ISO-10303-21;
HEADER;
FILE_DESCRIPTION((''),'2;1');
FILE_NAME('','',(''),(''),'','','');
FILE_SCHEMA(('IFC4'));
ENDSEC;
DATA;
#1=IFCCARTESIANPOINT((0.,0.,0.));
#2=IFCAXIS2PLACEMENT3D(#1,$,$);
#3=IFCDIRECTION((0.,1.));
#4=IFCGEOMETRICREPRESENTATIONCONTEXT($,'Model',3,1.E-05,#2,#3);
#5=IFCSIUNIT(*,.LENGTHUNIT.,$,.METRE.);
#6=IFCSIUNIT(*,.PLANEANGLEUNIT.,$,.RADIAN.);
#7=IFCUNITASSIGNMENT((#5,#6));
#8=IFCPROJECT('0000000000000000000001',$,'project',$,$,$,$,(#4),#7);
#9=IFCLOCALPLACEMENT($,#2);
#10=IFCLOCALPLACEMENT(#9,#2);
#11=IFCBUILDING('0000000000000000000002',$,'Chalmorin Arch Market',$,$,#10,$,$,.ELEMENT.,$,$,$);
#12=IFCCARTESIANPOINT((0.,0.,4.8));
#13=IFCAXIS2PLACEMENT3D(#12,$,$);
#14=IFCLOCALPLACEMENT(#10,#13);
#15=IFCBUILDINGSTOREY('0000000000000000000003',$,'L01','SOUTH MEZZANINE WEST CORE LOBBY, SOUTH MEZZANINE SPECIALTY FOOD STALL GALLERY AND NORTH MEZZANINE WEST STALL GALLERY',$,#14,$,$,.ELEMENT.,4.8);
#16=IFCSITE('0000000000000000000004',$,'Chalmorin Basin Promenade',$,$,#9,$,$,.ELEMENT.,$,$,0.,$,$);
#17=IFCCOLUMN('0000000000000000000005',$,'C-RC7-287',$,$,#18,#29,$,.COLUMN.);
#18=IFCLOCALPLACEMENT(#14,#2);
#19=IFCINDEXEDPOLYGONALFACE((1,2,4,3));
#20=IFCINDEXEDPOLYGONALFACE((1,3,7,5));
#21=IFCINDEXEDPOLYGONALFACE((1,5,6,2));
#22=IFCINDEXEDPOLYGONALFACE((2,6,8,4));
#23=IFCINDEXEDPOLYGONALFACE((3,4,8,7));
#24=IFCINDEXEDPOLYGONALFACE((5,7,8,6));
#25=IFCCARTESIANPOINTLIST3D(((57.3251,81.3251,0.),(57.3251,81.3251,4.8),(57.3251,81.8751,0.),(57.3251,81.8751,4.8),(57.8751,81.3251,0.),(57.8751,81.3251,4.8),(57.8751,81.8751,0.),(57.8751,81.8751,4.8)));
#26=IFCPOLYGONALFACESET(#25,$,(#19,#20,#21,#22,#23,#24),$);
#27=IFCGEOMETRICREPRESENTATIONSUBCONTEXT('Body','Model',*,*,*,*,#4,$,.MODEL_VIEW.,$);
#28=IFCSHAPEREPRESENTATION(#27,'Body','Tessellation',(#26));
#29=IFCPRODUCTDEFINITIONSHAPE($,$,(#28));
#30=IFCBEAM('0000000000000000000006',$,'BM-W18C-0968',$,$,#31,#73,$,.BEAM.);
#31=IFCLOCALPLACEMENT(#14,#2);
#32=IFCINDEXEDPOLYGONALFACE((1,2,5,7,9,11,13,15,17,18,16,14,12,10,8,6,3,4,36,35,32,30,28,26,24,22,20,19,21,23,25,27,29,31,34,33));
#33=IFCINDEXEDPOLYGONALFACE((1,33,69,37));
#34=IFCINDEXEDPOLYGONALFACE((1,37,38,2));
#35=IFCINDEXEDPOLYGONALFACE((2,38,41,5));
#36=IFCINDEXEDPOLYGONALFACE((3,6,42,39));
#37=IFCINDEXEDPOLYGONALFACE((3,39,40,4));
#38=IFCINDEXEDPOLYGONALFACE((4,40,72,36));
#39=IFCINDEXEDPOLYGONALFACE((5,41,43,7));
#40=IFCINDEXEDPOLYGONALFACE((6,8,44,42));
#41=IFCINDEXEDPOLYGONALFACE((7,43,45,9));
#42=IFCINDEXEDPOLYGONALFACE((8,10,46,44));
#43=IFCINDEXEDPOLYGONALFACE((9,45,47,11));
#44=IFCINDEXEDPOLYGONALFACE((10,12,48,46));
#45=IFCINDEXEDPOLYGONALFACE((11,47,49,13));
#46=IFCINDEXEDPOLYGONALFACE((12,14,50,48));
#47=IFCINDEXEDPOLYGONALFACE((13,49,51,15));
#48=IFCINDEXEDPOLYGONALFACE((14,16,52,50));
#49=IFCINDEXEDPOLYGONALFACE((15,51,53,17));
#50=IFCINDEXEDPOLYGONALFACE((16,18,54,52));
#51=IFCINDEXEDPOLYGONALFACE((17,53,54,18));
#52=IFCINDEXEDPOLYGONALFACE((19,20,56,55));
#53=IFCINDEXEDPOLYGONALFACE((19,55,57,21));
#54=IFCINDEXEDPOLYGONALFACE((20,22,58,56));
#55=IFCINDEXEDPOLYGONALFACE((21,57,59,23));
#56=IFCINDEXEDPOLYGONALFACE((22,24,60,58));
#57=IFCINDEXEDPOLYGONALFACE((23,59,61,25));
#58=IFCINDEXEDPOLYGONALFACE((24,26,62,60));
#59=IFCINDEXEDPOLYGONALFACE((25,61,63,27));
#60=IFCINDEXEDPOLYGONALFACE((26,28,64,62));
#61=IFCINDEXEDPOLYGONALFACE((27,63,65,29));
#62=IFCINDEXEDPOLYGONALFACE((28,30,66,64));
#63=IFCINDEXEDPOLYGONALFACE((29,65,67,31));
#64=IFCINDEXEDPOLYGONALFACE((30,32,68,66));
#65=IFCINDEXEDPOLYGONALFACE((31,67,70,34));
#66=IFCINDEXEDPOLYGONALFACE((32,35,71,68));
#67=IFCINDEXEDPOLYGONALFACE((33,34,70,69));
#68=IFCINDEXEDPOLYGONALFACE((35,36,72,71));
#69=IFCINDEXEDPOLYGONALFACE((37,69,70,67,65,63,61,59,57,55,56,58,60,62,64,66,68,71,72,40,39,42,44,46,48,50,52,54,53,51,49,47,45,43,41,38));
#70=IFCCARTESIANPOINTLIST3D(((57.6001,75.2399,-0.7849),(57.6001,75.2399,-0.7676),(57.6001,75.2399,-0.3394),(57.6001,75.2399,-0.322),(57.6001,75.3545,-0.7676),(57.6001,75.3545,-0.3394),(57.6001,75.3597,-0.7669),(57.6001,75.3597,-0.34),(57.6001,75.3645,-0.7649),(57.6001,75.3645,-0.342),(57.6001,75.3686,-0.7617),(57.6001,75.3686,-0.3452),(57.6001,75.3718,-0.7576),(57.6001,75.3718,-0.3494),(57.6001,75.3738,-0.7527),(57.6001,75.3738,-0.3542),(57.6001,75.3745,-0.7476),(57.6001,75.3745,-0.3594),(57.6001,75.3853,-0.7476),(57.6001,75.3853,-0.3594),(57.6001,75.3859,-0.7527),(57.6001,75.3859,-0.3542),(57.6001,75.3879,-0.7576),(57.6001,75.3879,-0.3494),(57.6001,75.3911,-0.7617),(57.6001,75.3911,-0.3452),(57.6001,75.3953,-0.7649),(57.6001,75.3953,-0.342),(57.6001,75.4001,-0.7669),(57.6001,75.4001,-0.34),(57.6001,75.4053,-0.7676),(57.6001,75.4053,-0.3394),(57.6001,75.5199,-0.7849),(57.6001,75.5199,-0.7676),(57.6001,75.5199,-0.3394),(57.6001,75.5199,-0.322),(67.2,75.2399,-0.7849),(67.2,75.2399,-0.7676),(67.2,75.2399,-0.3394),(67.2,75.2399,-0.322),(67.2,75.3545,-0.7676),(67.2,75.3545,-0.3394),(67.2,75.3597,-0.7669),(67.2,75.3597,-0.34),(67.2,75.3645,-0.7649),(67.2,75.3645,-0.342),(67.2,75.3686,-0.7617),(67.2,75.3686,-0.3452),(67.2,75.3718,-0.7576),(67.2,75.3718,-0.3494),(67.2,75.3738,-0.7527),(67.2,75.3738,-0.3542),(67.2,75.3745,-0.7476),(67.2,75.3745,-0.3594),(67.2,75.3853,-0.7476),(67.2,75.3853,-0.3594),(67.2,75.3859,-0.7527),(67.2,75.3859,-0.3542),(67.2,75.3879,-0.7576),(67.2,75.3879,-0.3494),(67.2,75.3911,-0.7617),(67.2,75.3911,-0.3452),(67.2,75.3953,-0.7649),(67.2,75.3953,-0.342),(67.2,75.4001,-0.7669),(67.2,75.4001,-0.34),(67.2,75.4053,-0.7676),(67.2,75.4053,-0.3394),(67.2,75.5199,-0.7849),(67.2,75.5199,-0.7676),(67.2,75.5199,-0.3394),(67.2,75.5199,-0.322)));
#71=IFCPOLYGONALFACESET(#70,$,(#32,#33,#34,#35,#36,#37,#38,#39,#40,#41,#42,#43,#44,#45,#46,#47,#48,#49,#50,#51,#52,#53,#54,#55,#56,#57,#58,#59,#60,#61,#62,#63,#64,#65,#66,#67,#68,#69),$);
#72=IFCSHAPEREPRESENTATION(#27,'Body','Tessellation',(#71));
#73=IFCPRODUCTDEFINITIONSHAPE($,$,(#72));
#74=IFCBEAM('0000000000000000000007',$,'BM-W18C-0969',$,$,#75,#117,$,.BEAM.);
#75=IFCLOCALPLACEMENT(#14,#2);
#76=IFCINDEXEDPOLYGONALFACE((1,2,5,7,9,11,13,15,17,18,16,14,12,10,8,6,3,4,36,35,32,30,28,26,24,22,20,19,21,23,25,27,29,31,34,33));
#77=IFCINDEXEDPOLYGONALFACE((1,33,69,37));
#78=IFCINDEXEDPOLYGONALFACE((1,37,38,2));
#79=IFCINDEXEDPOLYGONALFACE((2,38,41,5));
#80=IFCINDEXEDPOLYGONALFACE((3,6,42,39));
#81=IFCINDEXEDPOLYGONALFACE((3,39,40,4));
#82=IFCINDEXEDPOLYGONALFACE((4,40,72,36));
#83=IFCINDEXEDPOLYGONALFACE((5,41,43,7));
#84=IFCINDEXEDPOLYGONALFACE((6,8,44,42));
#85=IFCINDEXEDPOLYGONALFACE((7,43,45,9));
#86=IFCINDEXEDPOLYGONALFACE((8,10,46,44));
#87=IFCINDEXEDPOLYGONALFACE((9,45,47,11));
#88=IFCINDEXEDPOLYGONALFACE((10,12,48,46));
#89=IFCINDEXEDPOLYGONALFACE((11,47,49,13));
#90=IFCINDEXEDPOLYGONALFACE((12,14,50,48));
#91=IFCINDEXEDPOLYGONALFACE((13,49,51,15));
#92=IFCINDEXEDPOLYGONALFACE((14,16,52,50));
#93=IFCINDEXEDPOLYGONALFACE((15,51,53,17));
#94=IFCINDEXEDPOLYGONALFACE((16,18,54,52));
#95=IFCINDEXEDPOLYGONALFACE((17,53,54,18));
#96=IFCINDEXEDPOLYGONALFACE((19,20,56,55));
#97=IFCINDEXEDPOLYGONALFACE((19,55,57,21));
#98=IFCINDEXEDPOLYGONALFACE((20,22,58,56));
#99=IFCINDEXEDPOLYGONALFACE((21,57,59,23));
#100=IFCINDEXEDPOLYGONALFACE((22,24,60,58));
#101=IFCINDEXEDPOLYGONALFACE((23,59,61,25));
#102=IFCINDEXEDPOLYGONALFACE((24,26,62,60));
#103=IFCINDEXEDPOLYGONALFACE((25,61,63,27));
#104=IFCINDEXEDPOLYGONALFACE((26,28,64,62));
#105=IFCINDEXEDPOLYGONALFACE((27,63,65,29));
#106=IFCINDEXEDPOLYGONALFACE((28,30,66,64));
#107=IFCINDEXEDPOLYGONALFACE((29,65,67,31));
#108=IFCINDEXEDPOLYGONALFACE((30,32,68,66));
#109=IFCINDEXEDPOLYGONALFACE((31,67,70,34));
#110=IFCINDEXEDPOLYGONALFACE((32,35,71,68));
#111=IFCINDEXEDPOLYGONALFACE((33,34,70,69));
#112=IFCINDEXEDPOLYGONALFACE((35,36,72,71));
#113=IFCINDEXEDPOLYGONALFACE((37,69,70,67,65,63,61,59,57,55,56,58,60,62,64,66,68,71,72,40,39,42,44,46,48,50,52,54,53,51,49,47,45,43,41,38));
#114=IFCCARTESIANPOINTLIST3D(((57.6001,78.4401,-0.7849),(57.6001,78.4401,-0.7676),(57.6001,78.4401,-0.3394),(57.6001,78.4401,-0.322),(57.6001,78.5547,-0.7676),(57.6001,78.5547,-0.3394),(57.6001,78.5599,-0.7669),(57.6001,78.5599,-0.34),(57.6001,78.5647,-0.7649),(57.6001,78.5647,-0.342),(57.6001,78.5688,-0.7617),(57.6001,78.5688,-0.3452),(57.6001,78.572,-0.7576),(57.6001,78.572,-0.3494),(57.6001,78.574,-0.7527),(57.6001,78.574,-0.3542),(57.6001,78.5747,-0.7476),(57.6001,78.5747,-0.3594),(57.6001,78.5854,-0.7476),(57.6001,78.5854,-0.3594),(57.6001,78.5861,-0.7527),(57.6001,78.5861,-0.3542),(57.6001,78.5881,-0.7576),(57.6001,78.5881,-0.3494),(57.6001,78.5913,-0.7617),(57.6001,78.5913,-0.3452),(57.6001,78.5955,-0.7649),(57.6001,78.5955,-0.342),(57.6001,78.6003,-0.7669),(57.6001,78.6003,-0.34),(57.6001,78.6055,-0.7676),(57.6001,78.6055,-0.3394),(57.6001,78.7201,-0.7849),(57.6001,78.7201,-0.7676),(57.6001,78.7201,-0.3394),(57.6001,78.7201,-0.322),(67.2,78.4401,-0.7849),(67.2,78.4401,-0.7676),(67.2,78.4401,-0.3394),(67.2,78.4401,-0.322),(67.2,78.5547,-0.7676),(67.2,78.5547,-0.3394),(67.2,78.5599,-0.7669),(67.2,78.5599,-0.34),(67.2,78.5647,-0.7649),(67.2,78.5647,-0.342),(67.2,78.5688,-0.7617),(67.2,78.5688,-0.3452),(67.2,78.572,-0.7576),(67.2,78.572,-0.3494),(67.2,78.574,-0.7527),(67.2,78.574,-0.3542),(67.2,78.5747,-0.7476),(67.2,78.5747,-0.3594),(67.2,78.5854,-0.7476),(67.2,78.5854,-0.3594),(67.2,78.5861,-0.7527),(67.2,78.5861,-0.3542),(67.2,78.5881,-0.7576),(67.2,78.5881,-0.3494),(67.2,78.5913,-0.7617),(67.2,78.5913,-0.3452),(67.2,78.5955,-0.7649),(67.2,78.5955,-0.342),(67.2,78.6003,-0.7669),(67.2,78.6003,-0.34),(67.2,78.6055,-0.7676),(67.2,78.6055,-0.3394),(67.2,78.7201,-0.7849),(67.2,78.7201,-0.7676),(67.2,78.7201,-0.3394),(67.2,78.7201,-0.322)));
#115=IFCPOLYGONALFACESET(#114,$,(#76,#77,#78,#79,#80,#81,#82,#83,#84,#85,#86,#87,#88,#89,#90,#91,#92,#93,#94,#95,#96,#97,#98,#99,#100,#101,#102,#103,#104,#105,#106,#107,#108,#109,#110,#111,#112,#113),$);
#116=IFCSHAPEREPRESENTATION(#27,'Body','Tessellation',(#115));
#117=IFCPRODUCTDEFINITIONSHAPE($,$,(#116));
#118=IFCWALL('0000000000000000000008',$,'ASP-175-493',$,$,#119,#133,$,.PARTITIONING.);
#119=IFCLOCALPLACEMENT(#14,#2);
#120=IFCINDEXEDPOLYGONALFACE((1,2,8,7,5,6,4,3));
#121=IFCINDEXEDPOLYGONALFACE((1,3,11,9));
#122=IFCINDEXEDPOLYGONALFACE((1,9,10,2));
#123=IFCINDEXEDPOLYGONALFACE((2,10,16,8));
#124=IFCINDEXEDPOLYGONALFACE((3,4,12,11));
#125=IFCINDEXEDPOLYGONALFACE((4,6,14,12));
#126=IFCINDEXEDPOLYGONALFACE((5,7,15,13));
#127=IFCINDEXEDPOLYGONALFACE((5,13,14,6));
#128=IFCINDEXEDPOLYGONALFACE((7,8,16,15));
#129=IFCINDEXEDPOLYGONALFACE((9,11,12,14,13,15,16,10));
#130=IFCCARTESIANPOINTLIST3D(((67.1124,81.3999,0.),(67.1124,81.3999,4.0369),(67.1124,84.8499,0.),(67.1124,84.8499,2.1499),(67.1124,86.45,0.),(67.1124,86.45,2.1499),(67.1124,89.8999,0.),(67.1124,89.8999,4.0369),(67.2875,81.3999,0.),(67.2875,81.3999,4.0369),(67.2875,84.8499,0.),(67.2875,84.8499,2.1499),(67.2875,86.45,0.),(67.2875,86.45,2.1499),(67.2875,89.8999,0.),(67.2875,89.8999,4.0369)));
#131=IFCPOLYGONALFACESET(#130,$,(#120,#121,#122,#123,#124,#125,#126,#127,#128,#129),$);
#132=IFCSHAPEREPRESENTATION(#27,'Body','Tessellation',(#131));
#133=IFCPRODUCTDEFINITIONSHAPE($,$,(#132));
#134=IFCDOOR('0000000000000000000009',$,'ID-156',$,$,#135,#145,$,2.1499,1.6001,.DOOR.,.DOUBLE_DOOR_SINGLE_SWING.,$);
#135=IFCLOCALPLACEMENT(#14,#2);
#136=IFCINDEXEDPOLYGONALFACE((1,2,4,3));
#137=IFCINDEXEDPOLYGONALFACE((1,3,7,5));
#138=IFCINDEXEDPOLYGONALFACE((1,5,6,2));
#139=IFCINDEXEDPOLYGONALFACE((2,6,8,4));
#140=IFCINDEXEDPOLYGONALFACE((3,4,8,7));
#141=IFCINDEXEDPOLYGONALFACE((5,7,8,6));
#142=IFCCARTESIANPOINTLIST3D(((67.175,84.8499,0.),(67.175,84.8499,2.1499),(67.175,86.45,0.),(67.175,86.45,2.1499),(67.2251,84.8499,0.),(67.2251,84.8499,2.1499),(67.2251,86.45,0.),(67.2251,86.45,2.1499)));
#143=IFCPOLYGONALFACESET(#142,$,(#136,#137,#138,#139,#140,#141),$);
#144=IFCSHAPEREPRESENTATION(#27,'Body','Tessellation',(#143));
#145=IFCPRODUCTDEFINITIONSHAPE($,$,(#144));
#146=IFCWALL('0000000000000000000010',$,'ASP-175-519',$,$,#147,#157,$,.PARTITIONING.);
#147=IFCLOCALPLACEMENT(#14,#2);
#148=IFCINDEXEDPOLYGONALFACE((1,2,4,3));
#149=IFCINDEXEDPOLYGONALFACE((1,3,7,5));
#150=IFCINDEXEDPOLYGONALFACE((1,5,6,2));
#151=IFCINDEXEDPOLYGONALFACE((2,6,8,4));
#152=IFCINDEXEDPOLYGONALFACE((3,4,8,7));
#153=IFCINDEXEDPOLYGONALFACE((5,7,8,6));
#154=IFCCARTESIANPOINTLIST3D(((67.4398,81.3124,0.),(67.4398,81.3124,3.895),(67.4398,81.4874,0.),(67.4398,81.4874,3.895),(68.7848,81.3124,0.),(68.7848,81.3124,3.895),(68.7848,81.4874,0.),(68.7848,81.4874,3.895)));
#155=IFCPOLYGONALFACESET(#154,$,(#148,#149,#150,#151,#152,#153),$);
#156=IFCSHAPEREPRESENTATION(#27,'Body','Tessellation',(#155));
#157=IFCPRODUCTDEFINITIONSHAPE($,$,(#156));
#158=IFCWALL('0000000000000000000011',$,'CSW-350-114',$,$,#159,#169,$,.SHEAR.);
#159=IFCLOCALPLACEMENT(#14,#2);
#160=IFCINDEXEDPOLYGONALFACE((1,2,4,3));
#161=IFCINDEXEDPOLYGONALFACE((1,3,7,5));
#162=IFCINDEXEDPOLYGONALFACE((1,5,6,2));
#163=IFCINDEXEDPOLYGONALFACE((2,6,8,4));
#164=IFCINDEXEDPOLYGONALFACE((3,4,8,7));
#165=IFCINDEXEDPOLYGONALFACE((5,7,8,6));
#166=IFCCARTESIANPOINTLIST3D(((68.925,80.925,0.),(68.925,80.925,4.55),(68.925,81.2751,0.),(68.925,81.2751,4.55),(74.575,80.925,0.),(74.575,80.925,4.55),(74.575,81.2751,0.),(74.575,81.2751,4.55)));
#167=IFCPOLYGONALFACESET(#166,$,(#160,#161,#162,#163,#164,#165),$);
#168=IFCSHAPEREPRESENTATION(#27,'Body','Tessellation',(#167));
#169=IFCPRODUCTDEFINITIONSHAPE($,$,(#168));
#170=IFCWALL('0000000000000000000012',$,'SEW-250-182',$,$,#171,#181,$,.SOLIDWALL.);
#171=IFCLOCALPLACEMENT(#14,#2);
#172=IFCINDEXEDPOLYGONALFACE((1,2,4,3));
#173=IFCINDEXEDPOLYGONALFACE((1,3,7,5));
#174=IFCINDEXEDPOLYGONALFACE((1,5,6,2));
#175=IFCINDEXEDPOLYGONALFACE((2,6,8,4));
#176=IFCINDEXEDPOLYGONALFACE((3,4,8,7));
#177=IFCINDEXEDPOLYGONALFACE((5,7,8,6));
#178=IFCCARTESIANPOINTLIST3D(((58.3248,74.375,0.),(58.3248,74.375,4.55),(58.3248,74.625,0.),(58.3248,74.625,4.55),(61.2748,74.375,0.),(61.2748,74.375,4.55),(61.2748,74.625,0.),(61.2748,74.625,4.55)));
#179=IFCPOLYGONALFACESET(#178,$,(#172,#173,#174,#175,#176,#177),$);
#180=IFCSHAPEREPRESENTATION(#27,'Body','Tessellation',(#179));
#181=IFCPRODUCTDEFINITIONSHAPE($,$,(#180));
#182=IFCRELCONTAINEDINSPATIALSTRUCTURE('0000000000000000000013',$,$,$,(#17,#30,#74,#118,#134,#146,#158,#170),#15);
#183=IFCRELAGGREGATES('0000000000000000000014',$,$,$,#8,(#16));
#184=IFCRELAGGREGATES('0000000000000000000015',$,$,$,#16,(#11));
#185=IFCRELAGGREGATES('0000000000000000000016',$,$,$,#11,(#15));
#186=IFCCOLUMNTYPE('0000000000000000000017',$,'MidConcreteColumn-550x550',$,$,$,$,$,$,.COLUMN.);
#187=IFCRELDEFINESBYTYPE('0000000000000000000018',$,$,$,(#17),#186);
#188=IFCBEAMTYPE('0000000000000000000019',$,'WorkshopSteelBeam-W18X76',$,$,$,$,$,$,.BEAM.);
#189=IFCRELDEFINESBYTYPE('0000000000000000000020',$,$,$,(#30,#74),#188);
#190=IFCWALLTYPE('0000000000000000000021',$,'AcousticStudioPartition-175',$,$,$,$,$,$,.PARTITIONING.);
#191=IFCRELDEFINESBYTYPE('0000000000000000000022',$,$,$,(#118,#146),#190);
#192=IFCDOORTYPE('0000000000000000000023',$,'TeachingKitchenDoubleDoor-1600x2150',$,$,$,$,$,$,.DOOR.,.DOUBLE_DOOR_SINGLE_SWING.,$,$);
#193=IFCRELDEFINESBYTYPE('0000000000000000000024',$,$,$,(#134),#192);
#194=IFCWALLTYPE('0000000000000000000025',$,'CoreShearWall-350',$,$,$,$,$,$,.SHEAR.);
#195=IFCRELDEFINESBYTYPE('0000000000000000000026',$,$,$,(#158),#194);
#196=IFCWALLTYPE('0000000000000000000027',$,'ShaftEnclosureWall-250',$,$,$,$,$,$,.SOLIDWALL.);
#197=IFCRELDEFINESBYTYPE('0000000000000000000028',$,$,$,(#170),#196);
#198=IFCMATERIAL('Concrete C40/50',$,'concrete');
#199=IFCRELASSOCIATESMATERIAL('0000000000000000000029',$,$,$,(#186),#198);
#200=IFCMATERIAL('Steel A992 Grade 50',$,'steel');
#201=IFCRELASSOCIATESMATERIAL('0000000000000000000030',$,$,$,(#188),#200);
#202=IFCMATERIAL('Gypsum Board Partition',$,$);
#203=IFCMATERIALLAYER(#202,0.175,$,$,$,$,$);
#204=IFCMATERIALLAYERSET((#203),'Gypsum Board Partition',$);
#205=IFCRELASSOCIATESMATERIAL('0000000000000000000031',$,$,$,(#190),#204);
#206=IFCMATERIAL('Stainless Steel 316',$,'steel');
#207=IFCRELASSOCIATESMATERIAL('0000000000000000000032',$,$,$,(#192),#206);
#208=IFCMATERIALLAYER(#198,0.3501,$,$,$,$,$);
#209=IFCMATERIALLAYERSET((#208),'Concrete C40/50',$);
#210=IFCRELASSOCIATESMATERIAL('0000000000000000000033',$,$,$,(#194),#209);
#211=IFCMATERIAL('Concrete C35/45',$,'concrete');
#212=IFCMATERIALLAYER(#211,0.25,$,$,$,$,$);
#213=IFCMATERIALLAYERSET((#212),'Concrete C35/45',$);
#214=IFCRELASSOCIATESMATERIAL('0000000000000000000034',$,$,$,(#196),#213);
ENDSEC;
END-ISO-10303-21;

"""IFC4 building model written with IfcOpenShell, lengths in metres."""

from ifc_helpers import new_model, si_unit, direction, frame, frame_2d, origin, origin_2d, place, context, subcontext, project, spatial, rectangle, i_section, extrude, material, layer, layer_set, material_profile, profile_set, type_object, element, fill, save


model = new_model("IFC4")

# Units and contexts
model_context = context("Model", 3, precision=1e-05, world=origin(), true_north=direction((0.0, 1.0)))
body_context = subcontext(model_context, "Body", "Model", "MODEL_VIEW")
ifc_project = project(units=[si_unit("LENGTHUNIT", "METRE"), si_unit("PLANEANGLEUNIT", "RADIAN")], contexts=[model_context])

# Site, building, storey
site_placement = place(None, origin())
site = spatial("IfcSite", under=ifc_project, at=site_placement, Name="Chalmorin Basin Promenade", CompositionType="ELEMENT", RefElevation=0.0)
building_placement = place(site_placement, origin())
building = spatial("IfcBuilding", under=site, at=building_placement, Name="Chalmorin Arch Market", CompositionType="ELEMENT")
storey_placement = place(building_placement, frame((0.0, 0.0, 4.8)))
storey = spatial("IfcBuildingStorey", under=building, at=storey_placement, Name="L01", Description="SOUTH MEZZANINE WEST CORE LOBBY, SOUTH MEZZANINE SPECIALTY FOOD STALL GALLERY AND NORTH MEZZANINE WEST STALL GALLERY", CompositionType="ELEMENT", Elevation=4.8)

# Column
ifc_material_1 = material(Name="Concrete C40/50", Category="concrete")
ifc_material_profile_1 = material_profile(ifc_material_1, rectangle(XDim=0.55, YDim=0.55, at=origin_2d()), Name="RC550X550")
ifc_profile_set_1 = profile_set([ifc_material_profile_1], Name="Concrete C40/50")
column_type = type_object("IfcColumnType", Name="MidConcreteColumn-550x550", PredefinedType="COLUMN", material=ifc_profile_set_1)
column_placement = place(storey_placement, frame((57.6001, 81.6001, 0.0), z_axis=(0.0, 0.0, 1.0), x_axis=(1.0, 0.0, 0.0)))
element("IfcColumn", 1, at=column_placement, inside=storey, type_object=column_type, Name="C-RC7-287", PredefinedType="COLUMN", context=body_context, shape_type="SweptSolid", body=[
    extrude(rectangle(XDim=0.55, YDim=0.55, at=origin_2d()), origin(), (0.0, 0.0, 1.0), 4.8),
])

# Beams
ifc_material_2 = material(Name="Steel A992 Grade 50", Category="steel")
ifc_material_profile_2 = material_profile(ifc_material_2, i_section(OverallWidth=0.28, OverallDepth=0.4629, WebThickness=0.0107, FlangeThickness=0.0173, FilletRadius=0.02, at=origin_2d()), Name="W18X76")
ifc_profile_set_2 = profile_set([ifc_material_profile_2], Name="Steel A992 Grade 50")
beam_type = type_object("IfcBeamType", Name="WorkshopSteelBeam-W18X76", PredefinedType="BEAM", material=ifc_profile_set_2)
for number, where, z_axis, x_axis, name in (
    (2, (57.6001, 75.3799, -0.5535), (1.0, 0.0, 0.0), (0.0, 1.0, 0.0), "BM-W18C-0968"),
    (3, (57.6001, 78.5801, -0.5535), (1.0, 0.0, 0.0), (0.0, 1.0, 0.0), "BM-W18C-0969"),
):
    element("IfcBeam", number, at=place(storey_placement, frame(where, z_axis=z_axis, x_axis=x_axis)), inside=storey, type_object=beam_type, Name=name, PredefinedType="BEAM", context=body_context, shape_type="SweptSolid", body=[
        extrude(i_section(OverallWidth=0.28, OverallDepth=0.4629, WebThickness=0.0107, FlangeThickness=0.0173, FilletRadius=0.02, at=origin_2d()), origin(), (0.0, 0.0, 1.0), 9.5999),
    ])

# Wall, opening, door
ifc_material_3 = material(Name="Gypsum Board Partition")
ifc_layer_1 = layer(ifc_material_3, 0.175)
ifc_layer_set_1 = layer_set([ifc_layer_1], Name="Gypsum Board Partition")
wall_type_1 = type_object("IfcWallType", Name="AcousticStudioPartition-175", PredefinedType="PARTITIONING", material=ifc_layer_set_1)
wall_1_placement = place(storey_placement, frame((67.2, 81.3999, 0.0), z_axis=(0.0, 0.0, 1.0), x_axis=(0.0, 1.0, 0.0)))
wall_1 = element("IfcWall", 4, at=wall_1_placement, inside=storey, type_object=wall_type_1, Name="ASP-175-493", PredefinedType="PARTITIONING", context=body_context, shape_type="SweptSolid", body=[
    extrude(rectangle(XDim=8.5, YDim=0.175, at=frame_2d((4.25, 0.0))), origin(), (0.0, 0.0, 1.0), 4.0369),
])
opening_1_placement = place(wall_1_placement, frame((3.45, 0.0, 0.0)))
opening_1 = element("IfcOpeningElement", 5, at=opening_1_placement, cuts=wall_1, PredefinedType="OPENING", context=body_context, shape_type="SweptSolid", body=[
    extrude(rectangle(XDim=1.6001, YDim=2.1499, at=frame_2d((0.8, 1.075))), frame((0.0, 0.0974, 0.0), z_axis=(0.0, -1.0, 0.0), x_axis=(1.0, 0.0, 0.0)), (0.0, 0.0, 1.0), 0.1951),
])
ifc_material_4 = material(Name="Stainless Steel 316", Category="steel")
door_type_1 = type_object("IfcDoorType", Name="TeachingKitchenDoubleDoor-1600x2150", OperationType="DOUBLE_DOOR_SINGLE_SWING", PredefinedType="DOOR", material=ifc_material_4)
door_1_placement = place(opening_1_placement, origin())
door_1 = element("IfcDoor", 6, at=door_1_placement, inside=storey, type_object=door_type_1, Name="ID-156", OperationType="DOUBLE_DOOR_SINGLE_SWING", OverallHeight=2.1499, OverallWidth=1.6001, PredefinedType="DOOR", context=body_context, shape_type="SweptSolid", body=[
    extrude(rectangle(XDim=1.6001, YDim=2.1499, at=frame_2d((0.8, 1.075))), frame((0.0, 0.0249, 0.0), z_axis=(0.0, -1.0, 0.0), x_axis=(1.0, 0.0, 0.0)), (0.0, 0.0, 1.0), 0.05),
])
fill(opening_1, door_1)

# Walls
wall_2_placement = place(storey_placement, frame((67.4399, 81.3999, 0.0), z_axis=(0.0, 0.0, 1.0), x_axis=(1.0, 0.0, 0.0)))
element("IfcWall", 7, at=wall_2_placement, inside=storey, type_object=wall_type_1, Name="ASP-175-519", PredefinedType="PARTITIONING", context=body_context, shape_type="SweptSolid", body=[
    extrude(rectangle(XDim=1.345, YDim=0.175, at=frame_2d((0.6724, 0.0))), origin(), (0.0, 0.0, 1.0), 3.895),
])
ifc_layer_2 = layer(ifc_material_1, 0.3501)
ifc_layer_set_2 = layer_set([ifc_layer_2], Name="Concrete C40/50")
wall_type_2 = type_object("IfcWallType", Name="CoreShearWall-350", PredefinedType="SHEAR", material=ifc_layer_set_2)
wall_3_placement = place(storey_placement, frame((68.925, 81.1001, 0.0), z_axis=(0.0, 0.0, 1.0), x_axis=(1.0, 0.0, 0.0)))
element("IfcWall", 8, at=wall_3_placement, inside=storey, type_object=wall_type_2, Name="CSW-350-114", PredefinedType="SHEAR", context=body_context, shape_type="SweptSolid", body=[
    extrude(rectangle(XDim=5.6499, YDim=0.3501, at=frame_2d((2.825, 0.0))), origin(), (0.0, 0.0, 1.0), 4.55),
])
ifc_material_5 = material(Name="Concrete C35/45", Category="concrete")
ifc_layer_3 = layer(ifc_material_5, 0.25)
ifc_layer_set_3 = layer_set([ifc_layer_3], Name="Concrete C35/45")
wall_type_3 = type_object("IfcWallType", Name="ShaftEnclosureWall-250", PredefinedType="SOLIDWALL", material=ifc_layer_set_3)
wall_4_placement = place(storey_placement, frame((61.2749, 74.5, 0.0), z_axis=(0.0, 0.0, 1.0), x_axis=(-1.0, 0.0, 0.0)))
element("IfcWall", 9, at=wall_4_placement, inside=storey, type_object=wall_type_3, Name="SEW-250-182", PredefinedType="SOLIDWALL", context=body_context, shape_type="SweptSolid", body=[
    extrude(rectangle(XDim=2.95, YDim=0.25, at=frame_2d((1.4751, 0.0))), origin(), (0.0, 0.0, 1.0), 4.55),
])

save(model, "model.ifc")
